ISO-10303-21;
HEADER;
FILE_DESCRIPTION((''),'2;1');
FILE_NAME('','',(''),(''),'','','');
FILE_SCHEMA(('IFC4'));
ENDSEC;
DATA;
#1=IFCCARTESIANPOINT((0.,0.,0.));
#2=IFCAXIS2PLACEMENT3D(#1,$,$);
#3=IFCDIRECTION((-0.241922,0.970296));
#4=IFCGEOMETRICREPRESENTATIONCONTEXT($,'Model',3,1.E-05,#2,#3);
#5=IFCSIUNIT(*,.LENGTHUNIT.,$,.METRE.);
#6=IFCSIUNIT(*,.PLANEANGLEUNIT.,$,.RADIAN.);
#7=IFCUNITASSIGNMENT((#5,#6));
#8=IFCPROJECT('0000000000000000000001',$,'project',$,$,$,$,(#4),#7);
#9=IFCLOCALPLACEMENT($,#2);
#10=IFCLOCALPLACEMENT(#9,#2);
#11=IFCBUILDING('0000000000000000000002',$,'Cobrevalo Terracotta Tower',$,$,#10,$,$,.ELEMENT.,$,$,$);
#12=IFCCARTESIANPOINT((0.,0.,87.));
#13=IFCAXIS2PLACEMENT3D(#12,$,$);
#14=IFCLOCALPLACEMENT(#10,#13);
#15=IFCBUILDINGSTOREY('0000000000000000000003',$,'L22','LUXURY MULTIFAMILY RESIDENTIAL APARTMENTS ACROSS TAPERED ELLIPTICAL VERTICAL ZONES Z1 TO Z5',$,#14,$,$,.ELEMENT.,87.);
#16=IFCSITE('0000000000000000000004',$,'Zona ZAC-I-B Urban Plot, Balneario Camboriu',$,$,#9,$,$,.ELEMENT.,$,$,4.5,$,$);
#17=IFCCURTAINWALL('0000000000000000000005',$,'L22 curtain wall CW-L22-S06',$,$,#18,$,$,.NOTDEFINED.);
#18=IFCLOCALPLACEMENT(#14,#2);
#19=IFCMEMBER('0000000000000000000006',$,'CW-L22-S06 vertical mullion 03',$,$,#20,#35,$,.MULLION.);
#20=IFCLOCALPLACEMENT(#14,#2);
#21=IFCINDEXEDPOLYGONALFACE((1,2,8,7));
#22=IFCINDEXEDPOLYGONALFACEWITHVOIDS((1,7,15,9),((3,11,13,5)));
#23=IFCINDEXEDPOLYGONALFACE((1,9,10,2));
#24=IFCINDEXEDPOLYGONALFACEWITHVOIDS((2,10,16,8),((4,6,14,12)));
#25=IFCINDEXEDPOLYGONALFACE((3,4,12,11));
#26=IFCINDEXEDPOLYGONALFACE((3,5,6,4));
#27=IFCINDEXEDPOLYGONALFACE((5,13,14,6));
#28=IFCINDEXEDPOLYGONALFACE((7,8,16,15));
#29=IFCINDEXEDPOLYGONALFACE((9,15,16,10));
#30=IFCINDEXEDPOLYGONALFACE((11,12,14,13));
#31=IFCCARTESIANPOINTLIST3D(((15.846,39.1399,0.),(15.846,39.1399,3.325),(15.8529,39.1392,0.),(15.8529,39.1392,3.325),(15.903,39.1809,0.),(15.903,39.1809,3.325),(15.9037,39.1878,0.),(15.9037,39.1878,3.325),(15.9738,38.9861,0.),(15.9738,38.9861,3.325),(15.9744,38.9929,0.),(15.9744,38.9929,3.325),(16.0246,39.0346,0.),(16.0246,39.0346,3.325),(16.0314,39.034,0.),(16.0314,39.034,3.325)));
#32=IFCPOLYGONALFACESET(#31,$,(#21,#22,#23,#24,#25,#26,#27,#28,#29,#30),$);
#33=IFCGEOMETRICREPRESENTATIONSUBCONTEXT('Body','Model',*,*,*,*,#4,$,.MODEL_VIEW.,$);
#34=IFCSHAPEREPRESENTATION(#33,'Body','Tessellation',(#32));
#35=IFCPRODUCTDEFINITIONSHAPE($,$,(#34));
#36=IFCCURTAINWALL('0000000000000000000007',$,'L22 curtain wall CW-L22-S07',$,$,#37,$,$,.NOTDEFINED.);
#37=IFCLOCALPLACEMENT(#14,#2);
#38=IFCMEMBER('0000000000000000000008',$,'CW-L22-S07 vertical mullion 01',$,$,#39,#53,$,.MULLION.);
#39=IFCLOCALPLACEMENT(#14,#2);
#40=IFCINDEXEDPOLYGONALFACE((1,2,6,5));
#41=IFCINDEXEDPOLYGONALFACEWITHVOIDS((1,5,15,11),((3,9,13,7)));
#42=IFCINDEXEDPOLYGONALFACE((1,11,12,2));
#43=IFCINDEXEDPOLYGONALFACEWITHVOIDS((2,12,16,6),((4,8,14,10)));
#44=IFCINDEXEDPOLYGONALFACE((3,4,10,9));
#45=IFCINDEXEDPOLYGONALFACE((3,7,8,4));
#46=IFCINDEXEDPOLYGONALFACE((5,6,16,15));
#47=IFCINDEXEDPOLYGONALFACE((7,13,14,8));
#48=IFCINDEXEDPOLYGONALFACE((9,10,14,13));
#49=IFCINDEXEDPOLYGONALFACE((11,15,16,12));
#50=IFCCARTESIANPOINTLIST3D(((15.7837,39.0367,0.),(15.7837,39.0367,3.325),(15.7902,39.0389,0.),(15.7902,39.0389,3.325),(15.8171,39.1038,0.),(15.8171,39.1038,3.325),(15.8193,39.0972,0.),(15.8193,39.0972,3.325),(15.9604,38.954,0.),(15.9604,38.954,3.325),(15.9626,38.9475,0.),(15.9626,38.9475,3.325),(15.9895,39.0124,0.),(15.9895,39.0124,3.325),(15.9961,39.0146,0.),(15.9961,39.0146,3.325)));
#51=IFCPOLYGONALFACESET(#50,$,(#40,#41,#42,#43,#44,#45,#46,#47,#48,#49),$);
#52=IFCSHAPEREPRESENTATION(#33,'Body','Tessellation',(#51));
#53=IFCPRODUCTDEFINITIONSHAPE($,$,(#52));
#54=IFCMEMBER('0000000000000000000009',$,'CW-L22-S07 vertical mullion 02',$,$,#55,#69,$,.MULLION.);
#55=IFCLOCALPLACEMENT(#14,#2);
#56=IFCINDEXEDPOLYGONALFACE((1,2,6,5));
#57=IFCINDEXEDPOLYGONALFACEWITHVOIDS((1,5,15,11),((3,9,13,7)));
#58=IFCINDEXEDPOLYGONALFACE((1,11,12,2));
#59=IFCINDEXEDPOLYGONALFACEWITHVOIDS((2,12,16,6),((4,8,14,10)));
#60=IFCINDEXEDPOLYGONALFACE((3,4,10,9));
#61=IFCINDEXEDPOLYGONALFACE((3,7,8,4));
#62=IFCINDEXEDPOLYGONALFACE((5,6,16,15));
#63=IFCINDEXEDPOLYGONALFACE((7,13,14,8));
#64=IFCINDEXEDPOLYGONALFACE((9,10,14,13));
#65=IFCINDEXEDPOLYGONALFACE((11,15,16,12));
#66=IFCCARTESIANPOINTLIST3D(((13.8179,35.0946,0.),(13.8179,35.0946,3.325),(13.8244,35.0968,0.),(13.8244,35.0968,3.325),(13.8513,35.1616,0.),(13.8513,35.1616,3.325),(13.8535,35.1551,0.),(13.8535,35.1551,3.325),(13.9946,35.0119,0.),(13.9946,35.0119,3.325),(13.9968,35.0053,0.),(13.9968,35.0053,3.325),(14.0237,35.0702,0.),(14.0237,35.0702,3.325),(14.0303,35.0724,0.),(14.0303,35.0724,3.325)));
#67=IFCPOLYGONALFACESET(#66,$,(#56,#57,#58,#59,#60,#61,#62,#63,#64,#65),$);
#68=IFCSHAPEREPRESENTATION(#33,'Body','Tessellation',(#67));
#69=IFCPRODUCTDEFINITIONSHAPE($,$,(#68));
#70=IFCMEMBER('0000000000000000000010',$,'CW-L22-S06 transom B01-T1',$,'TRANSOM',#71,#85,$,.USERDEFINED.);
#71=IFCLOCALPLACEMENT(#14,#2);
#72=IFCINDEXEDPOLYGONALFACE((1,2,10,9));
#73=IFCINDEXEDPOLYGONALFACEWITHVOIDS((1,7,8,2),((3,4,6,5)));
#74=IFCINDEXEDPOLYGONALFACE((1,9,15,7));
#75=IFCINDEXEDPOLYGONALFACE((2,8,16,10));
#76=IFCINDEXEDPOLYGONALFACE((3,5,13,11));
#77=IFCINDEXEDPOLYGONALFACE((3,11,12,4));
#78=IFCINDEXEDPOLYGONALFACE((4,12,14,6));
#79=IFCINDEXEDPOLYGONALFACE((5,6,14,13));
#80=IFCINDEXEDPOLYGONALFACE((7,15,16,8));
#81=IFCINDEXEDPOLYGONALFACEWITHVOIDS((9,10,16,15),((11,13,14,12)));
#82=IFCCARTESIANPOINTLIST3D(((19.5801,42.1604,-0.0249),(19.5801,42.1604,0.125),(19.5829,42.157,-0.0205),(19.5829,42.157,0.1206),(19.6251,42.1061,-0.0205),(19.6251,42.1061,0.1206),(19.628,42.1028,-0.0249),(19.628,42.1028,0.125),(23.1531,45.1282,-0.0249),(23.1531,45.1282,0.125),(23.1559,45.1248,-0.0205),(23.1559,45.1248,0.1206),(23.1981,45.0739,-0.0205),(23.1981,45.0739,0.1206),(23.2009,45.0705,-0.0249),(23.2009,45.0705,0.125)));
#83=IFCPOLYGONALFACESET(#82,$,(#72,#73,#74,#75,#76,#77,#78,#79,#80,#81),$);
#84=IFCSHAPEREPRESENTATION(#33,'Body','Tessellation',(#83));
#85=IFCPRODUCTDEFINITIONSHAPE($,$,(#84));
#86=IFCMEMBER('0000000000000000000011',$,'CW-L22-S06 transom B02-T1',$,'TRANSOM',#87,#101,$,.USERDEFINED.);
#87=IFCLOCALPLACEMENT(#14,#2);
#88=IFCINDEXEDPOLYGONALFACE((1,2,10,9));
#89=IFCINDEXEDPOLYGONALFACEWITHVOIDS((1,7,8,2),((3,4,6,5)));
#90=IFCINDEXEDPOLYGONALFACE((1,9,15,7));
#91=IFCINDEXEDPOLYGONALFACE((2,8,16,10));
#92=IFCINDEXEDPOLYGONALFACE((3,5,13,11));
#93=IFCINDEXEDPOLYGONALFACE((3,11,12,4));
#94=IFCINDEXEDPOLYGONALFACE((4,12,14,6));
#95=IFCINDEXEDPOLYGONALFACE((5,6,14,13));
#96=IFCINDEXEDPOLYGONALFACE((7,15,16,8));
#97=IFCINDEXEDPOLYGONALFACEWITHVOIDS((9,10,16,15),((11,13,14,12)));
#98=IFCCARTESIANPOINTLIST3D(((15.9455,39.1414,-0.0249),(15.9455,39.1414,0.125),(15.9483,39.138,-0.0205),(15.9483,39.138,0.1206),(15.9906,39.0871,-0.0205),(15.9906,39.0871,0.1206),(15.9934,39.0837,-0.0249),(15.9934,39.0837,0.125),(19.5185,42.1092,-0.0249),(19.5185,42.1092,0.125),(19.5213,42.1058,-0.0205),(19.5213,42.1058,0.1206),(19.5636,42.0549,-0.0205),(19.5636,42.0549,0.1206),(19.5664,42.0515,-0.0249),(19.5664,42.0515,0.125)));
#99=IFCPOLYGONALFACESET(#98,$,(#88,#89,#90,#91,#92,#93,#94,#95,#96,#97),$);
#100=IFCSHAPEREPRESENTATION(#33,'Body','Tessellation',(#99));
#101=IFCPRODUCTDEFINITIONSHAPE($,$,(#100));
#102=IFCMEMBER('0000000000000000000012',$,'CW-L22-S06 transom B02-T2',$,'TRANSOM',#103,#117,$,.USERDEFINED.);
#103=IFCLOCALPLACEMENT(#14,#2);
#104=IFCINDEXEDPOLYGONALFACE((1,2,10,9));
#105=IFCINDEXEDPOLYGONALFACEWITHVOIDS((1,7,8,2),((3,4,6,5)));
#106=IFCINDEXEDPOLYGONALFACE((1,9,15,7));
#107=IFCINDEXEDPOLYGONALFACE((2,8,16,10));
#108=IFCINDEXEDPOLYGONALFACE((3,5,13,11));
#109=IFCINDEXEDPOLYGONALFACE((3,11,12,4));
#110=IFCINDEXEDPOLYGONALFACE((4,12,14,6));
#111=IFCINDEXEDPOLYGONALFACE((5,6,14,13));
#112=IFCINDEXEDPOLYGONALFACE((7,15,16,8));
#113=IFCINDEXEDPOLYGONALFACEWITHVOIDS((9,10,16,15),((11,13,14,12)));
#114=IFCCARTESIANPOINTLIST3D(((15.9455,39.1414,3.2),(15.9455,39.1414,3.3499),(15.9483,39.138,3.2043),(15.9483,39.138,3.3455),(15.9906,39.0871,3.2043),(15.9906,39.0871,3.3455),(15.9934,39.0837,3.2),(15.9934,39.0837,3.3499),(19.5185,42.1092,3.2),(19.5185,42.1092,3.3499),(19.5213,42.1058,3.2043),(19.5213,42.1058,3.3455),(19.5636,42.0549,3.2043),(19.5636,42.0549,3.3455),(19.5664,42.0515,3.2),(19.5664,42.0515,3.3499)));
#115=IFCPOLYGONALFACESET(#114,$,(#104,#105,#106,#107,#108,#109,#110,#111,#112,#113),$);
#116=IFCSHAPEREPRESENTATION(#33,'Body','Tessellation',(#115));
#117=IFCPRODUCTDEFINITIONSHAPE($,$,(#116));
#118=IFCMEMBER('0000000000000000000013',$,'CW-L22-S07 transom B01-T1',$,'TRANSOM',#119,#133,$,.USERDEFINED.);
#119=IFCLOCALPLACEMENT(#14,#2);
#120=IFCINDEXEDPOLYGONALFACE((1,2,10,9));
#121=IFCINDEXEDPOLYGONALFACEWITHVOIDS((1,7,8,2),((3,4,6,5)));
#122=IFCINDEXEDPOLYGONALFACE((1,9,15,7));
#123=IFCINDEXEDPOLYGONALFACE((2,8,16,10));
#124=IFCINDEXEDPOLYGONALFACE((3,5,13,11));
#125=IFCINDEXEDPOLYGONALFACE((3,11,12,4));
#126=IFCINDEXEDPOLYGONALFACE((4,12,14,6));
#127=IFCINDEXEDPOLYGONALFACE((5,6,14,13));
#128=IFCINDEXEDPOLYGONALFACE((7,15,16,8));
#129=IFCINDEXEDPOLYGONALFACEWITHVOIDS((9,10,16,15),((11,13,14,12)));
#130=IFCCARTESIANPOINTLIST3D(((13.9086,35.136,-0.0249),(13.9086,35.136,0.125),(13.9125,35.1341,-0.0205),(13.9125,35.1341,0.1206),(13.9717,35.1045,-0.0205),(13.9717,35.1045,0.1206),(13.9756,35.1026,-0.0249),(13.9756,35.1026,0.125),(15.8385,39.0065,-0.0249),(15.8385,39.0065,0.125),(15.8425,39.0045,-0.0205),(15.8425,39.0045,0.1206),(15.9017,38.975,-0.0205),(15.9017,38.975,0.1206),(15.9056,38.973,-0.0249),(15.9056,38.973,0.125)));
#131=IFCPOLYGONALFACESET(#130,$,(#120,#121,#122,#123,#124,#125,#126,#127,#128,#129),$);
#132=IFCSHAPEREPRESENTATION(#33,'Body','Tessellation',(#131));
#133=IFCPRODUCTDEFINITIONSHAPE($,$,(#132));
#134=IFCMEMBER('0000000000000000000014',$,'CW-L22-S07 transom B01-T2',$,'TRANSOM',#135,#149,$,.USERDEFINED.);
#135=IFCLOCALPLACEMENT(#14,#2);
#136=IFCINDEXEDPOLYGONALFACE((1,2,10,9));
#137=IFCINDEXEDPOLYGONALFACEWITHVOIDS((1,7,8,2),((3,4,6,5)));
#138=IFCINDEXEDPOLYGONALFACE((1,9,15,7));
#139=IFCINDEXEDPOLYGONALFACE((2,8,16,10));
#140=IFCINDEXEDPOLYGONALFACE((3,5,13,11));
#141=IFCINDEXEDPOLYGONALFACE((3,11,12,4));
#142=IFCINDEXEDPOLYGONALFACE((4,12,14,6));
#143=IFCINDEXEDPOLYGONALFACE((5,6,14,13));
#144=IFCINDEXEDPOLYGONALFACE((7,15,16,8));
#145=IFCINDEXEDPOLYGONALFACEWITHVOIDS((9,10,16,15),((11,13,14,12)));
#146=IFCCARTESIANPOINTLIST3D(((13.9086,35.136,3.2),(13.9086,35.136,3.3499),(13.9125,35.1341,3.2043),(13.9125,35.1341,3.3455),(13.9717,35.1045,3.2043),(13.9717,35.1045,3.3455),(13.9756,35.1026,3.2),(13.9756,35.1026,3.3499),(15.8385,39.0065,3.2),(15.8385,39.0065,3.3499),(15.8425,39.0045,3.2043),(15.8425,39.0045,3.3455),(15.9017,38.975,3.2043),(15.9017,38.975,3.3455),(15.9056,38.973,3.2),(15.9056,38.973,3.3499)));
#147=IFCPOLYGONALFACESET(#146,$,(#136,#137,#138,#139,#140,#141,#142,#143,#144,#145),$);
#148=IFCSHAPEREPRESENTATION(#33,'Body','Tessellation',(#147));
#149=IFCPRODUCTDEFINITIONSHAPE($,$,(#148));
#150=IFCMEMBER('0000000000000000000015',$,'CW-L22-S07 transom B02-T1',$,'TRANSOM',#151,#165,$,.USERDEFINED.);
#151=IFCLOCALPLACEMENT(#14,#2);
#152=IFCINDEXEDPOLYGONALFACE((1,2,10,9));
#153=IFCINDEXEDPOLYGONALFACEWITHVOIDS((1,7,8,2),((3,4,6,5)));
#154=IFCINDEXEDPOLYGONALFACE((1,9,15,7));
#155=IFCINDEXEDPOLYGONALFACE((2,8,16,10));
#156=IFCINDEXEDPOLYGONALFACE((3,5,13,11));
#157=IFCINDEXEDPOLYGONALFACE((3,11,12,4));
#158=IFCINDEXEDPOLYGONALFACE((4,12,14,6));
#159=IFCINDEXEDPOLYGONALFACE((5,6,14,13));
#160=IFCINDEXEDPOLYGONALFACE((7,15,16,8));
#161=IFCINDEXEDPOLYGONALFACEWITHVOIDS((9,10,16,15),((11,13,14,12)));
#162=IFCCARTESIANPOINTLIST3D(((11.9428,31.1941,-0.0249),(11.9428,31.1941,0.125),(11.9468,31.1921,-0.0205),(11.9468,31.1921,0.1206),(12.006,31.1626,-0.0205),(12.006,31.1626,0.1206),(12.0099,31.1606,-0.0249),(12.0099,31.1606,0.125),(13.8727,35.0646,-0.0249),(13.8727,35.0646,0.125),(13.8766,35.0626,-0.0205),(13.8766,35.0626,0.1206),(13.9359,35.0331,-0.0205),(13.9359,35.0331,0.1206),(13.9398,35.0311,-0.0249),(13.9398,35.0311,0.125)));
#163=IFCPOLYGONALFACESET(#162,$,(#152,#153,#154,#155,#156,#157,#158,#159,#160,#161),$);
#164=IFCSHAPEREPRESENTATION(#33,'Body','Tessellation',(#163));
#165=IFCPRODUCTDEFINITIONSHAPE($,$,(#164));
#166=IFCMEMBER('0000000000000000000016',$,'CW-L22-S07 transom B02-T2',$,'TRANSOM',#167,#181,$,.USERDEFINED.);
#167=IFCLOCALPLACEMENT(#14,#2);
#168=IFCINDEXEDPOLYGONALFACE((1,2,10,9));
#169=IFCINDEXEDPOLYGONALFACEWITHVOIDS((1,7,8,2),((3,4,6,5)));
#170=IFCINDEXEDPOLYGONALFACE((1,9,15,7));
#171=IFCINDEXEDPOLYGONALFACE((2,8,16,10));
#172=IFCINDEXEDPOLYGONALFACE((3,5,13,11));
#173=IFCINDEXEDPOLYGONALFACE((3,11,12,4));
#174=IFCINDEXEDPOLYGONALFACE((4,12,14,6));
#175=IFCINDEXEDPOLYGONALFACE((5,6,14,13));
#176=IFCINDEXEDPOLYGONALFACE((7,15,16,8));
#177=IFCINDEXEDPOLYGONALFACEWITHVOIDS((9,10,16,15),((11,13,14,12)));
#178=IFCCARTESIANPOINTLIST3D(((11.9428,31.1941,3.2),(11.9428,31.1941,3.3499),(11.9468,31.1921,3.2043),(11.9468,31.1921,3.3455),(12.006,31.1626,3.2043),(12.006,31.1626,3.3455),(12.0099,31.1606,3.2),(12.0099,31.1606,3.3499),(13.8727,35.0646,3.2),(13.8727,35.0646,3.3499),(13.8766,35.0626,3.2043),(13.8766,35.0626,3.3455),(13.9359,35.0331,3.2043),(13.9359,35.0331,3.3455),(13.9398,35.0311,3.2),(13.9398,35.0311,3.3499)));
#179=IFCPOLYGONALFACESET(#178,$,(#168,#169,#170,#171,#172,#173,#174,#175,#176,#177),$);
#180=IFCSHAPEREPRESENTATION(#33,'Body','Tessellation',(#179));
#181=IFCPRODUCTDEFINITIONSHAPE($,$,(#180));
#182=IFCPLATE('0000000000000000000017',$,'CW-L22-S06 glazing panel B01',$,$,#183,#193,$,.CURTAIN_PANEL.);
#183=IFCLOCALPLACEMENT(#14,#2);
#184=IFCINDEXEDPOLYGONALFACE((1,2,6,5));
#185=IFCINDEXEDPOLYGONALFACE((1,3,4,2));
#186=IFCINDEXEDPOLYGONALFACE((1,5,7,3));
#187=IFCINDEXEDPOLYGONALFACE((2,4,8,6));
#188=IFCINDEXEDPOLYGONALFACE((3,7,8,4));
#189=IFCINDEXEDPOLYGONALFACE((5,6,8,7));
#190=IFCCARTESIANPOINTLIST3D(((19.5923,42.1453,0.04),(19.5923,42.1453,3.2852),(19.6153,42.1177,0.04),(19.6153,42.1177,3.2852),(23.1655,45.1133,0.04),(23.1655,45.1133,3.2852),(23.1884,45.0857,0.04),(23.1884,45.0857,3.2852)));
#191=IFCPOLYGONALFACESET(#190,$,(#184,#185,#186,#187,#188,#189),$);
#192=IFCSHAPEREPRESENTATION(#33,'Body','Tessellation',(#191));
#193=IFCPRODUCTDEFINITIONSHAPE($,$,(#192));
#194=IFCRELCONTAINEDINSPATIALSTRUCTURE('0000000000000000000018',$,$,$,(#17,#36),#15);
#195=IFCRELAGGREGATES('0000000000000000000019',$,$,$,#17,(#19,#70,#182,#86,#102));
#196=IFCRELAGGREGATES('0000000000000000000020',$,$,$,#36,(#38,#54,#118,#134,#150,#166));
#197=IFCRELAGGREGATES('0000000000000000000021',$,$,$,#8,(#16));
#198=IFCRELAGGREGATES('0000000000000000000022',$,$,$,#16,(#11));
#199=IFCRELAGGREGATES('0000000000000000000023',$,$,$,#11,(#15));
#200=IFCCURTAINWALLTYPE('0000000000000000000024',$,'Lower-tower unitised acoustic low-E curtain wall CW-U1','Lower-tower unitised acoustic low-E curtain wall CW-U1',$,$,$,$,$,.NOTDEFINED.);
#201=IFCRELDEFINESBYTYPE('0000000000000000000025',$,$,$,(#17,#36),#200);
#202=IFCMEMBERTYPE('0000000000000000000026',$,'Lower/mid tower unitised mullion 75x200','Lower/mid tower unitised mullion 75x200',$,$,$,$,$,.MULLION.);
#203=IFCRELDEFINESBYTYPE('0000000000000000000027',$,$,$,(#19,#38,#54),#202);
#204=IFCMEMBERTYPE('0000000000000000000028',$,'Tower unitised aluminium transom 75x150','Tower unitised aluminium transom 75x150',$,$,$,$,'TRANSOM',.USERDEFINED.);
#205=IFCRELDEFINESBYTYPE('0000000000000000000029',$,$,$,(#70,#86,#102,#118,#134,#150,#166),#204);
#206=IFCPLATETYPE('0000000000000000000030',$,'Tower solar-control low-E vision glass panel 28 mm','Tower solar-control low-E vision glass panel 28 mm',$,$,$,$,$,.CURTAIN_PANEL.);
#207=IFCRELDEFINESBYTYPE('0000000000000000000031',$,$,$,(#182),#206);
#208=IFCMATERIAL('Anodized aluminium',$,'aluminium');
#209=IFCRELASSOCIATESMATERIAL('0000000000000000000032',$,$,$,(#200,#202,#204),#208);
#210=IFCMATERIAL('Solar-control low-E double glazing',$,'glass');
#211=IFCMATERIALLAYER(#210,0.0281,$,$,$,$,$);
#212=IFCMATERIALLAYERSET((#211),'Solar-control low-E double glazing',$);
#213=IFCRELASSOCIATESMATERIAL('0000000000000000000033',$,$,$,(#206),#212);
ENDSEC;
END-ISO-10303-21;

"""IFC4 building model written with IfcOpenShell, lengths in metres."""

from ifc_helpers import new_model, si_unit, direction, frame, origin, origin_2d, place, context, subcontext, project, spatial, rectangle, hollow_rectangle, extrude, source, transform, mapped, material, layer, layer_set, material_profile, profile_set, type_object, element, aggregate, save


model = new_model("IFC4")

# Units and contexts
model_context = context("Model", 3, precision=1e-05, world=origin(), true_north=direction((-0.241922, 0.970296)))
body_context = subcontext(model_context, "Body", "Model", "MODEL_VIEW")
ifc_project = project(units=[si_unit("LENGTHUNIT", "METRE"), si_unit("PLANEANGLEUNIT", "RADIAN")], contexts=[model_context])

# Site, building, storey
site_placement = place(None, origin())
site = spatial("IfcSite", under=ifc_project, at=site_placement, Name="Zona ZAC-I-B Urban Plot, Balneario Camboriu", CompositionType="ELEMENT", RefElevation=4.5)
building_placement = place(site_placement, origin())
building = spatial("IfcBuilding", under=site, at=building_placement, Name="Cobrevalo Terracotta Tower", CompositionType="ELEMENT")
storey_placement = place(building_placement, frame((0.0, 0.0, 87.0)))
storey = spatial("IfcBuildingStorey", under=building, at=storey_placement, Name="L22", Description="LUXURY MULTIFAMILY RESIDENTIAL APARTMENTS ACROSS TAPERED ELLIPTICAL VERTICAL ZONES Z1 TO Z5", CompositionType="ELEMENT", Elevation=87.0)

# Curtain walls, members
ifc_material_1 = material(Name="Anodized aluminium", Category="aluminium")
curtain_wall_type = type_object("IfcCurtainWallType", Name="Lower-tower unitised acoustic low-E curtain wall CW-U1", Description="Lower-tower unitised acoustic low-E curtain wall CW-U1", PredefinedType="NOTDEFINED", material=ifc_material_1)
curtain_wall_1_placement = place(storey_placement, origin())
curtain_wall_1 = element("IfcCurtainWall", 1, at=curtain_wall_1_placement, inside=storey, type_object=curtain_wall_type, Name="L22 curtain wall CW-L22-S06", PredefinedType="NOTDEFINED")
ifc_material_profile_1 = material_profile(ifc_material_1, hollow_rectangle(XDim=0.075, YDim=0.2, WallThickness=0.0049, at=origin_2d()), Name="CWM 75x200")
ifc_profile_set_1 = profile_set([ifc_material_profile_1], Name="Anodized aluminium")
member_type_1 = type_object("IfcMemberType", Name="Lower/mid tower unitised mullion 75x200", Description="Lower/mid tower unitised mullion 75x200", PredefinedType="MULLION", material=ifc_profile_set_1)
shared_shape_1 = source(origin(), body_context, "Body", "SweptSolid", [
    extrude(hollow_rectangle(XDim=0.075, YDim=0.2, WallThickness=0.0049, at=origin_2d()), origin(), (0.0, 0.0, 1.0), 3.325),
])
member_1_placement = place(storey_placement, frame((15.9387, 39.0869, 0.0), z_axis=(0.0, 0.0, 1.0), x_axis=(-0.769243, -0.638956, 0.0)))
member_1 = element("IfcMember", 2, at=member_1_placement, type_object=member_type_1, Name="CW-L22-S06 vertical mullion 03", PredefinedType="MULLION", context=body_context, shape_type="MappedRepresentation", body=[
    mapped(shared_shape_1, transform((0.0, 0.0, 0.0), scale=1.0)),
])
curtain_wall_2_placement = place(storey_placement, origin())
curtain_wall_2 = element("IfcCurtainWall", 3, at=curtain_wall_2_placement, inside=storey, type_object=curtain_wall_type, Name="L22 curtain wall CW-L22-S07", PredefinedType="NOTDEFINED")
member_2_placement = place(storey_placement, frame((15.8899, 39.0256, 0.0), z_axis=(0.0, 0.0, 1.0), x_axis=(-0.44626, -0.894903, 0.0)))
member_2 = element("IfcMember", 4, at=member_2_placement, type_object=member_type_1, Name="CW-L22-S07 vertical mullion 01", PredefinedType="MULLION", context=body_context, shape_type="MappedRepresentation", body=[
    mapped(shared_shape_1, transform((0.0, 0.0, 0.0), scale=1.0)),
])
member_3_placement = place(storey_placement, frame((13.9241, 35.0835, 0.0), z_axis=(0.0, 0.0, 1.0), x_axis=(-0.44626, -0.894903, 0.0)))
member_3 = element("IfcMember", 5, at=member_3_placement, type_object=member_type_1, Name="CW-L22-S07 vertical mullion 02", PredefinedType="MULLION", context=body_context, shape_type="MappedRepresentation", body=[
    mapped(shared_shape_1, transform((0.0, 0.0, 0.0), scale=1.0)),
])

# Members
ifc_material_profile_2 = material_profile(ifc_material_1, hollow_rectangle(XDim=0.075, YDim=0.1499, WallThickness=0.0044, at=origin_2d()), Name="CWT 75x150")
ifc_profile_set_2 = profile_set([ifc_material_profile_2], Name="Anodized aluminium")
member_type_2 = type_object("IfcMemberType", Name="Tower unitised aluminium transom 75x150", Description="Tower unitised aluminium transom 75x150", ElementType="TRANSOM", PredefinedType="USERDEFINED", material=ifc_profile_set_2)
shared_shape_2 = source(origin(), body_context, "Body", "SweptSolid", [
    extrude(hollow_rectangle(XDim=0.075, YDim=0.1499, WallThickness=0.0044, at=origin_2d()), origin(), (0.0, 0.0, 1.0), 4.6448),
])
member_4_placement = place(storey_placement, frame((23.177, 45.0994, 0.05), z_axis=(-0.76925, -0.638948, 0.0), x_axis=(0.638948, -0.76925, 0.0)))
member_4 = element("IfcMember", 6, at=member_4_placement, type_object=member_type_2, Name="CW-L22-S06 transom B01-T1", ObjectType="TRANSOM", PredefinedType="USERDEFINED", context=body_context, shape_type="MappedRepresentation", body=[
    mapped(shared_shape_2, transform((0.0, 0.0, 0.0), scale=1.0)),
])
member_5_placement = place(storey_placement, frame((19.5425, 42.0803, 0.05), z_axis=(-0.76925, -0.638948, 0.0), x_axis=(0.638948, -0.76925, 0.0)))
member_5 = element("IfcMember", 7, at=member_5_placement, type_object=member_type_2, Name="CW-L22-S06 transom B02-T1", ObjectType="TRANSOM", PredefinedType="USERDEFINED", context=body_context, shape_type="MappedRepresentation", body=[
    mapped(shared_shape_2, transform((0.0, 0.0, 0.0), scale=1.0)),
])
member_6_placement = place(storey_placement, frame((19.5425, 42.0803, 3.2749), z_axis=(-0.76925, -0.638948, 0.0), x_axis=(0.638948, -0.76925, 0.0)))
member_6 = element("IfcMember", 8, at=member_6_placement, type_object=member_type_2, Name="CW-L22-S06 transom B02-T2", ObjectType="TRANSOM", PredefinedType="USERDEFINED", context=body_context, shape_type="MappedRepresentation", body=[
    mapped(shared_shape_2, transform((0.0, 0.0, 0.0), scale=1.0)),
])
shared_shape_3 = source(origin(), body_context, "Body", "SweptSolid", [
    extrude(hollow_rectangle(XDim=0.075, YDim=0.1499, WallThickness=0.0044, at=origin_2d()), origin(), (0.0, 0.0, 1.0), 4.325),
])
member_7_placement = place(storey_placement, frame((15.8721, 38.9897, 0.05), z_axis=(-0.446242, -0.894912, 0.0), x_axis=(0.894912, -0.446242, 0.0)))
member_7 = element("IfcMember", 9, at=member_7_placement, type_object=member_type_2, Name="CW-L22-S07 transom B01-T1", ObjectType="TRANSOM", PredefinedType="USERDEFINED", context=body_context, shape_type="MappedRepresentation", body=[
    mapped(shared_shape_3, transform((0.0, 0.0, 0.0), scale=1.0)),
])
member_8_placement = place(storey_placement, frame((15.8721, 38.9897, 3.2749), z_axis=(-0.446242, -0.894912, 0.0), x_axis=(0.894912, -0.446242, 0.0)))
member_8 = element("IfcMember", 10, at=member_8_placement, type_object=member_type_2, Name="CW-L22-S07 transom B01-T2", ObjectType="TRANSOM", PredefinedType="USERDEFINED", context=body_context, shape_type="MappedRepresentation", body=[
    mapped(shared_shape_3, transform((0.0, 0.0, 0.0), scale=1.0)),
])
member_9_placement = place(storey_placement, frame((13.9062, 35.0479, 0.05), z_axis=(-0.44622, -0.894923, 0.0), x_axis=(0.894923, -0.44622, 0.0)))
member_9 = element("IfcMember", 11, at=member_9_placement, type_object=member_type_2, Name="CW-L22-S07 transom B02-T1", ObjectType="TRANSOM", PredefinedType="USERDEFINED", context=body_context, shape_type="MappedRepresentation", body=[
    mapped(shared_shape_3, transform((0.0, 0.0, 0.0), scale=1.0)),
])
member_10_placement = place(storey_placement, frame((13.9062, 35.0479, 3.2749), z_axis=(-0.44622, -0.894923, 0.0), x_axis=(0.894923, -0.44622, 0.0)))
member_10 = element("IfcMember", 12, at=member_10_placement, type_object=member_type_2, Name="CW-L22-S07 transom B02-T2", ObjectType="TRANSOM", PredefinedType="USERDEFINED", context=body_context, shape_type="MappedRepresentation", body=[
    mapped(shared_shape_3, transform((0.0, 0.0, 0.0), scale=1.0)),
])

# Plate
ifc_material_2 = material(Name="Solar-control low-E double glazing", Category="glass")
ifc_layer = layer(ifc_material_2, 0.0281)
ifc_layer_set = layer_set([ifc_layer], Name="Solar-control low-E double glazing")
plate_type = type_object("IfcPlateType", Name="Tower solar-control low-E vision glass panel 28 mm", Description="Tower solar-control low-E vision glass panel 28 mm", PredefinedType="CURTAIN_PANEL", material=ifc_layer_set)
shared_shape_4 = source(origin(), body_context, "Body", "SweptSolid", [
    extrude(rectangle(XDim=4.645, YDim=0.0359, at=origin_2d()), origin(), (0.0, 0.0, 1.0), 3.2451),
])
plate_1_placement = place(storey_placement, frame((21.3904, 43.6155, 0.04), z_axis=(0.0, 0.0, 1.0), x_axis=(-0.769241, -0.638958, 0.0)))
plate_1 = element("IfcPlate", 13, at=plate_1_placement, type_object=plate_type, Name="CW-L22-S06 glazing panel B01", PredefinedType="CURTAIN_PANEL", context=body_context, shape_type="MappedRepresentation", body=[
    mapped(shared_shape_4, transform((0.0, 0.0, 0.0), scale=1.0)),
])
aggregate(curtain_wall_1, [member_1, member_4, plate_1, member_5, member_6])
aggregate(curtain_wall_2, [member_2, member_3, member_7, member_8, member_9, member_10])

save(model, "model.ifc")
